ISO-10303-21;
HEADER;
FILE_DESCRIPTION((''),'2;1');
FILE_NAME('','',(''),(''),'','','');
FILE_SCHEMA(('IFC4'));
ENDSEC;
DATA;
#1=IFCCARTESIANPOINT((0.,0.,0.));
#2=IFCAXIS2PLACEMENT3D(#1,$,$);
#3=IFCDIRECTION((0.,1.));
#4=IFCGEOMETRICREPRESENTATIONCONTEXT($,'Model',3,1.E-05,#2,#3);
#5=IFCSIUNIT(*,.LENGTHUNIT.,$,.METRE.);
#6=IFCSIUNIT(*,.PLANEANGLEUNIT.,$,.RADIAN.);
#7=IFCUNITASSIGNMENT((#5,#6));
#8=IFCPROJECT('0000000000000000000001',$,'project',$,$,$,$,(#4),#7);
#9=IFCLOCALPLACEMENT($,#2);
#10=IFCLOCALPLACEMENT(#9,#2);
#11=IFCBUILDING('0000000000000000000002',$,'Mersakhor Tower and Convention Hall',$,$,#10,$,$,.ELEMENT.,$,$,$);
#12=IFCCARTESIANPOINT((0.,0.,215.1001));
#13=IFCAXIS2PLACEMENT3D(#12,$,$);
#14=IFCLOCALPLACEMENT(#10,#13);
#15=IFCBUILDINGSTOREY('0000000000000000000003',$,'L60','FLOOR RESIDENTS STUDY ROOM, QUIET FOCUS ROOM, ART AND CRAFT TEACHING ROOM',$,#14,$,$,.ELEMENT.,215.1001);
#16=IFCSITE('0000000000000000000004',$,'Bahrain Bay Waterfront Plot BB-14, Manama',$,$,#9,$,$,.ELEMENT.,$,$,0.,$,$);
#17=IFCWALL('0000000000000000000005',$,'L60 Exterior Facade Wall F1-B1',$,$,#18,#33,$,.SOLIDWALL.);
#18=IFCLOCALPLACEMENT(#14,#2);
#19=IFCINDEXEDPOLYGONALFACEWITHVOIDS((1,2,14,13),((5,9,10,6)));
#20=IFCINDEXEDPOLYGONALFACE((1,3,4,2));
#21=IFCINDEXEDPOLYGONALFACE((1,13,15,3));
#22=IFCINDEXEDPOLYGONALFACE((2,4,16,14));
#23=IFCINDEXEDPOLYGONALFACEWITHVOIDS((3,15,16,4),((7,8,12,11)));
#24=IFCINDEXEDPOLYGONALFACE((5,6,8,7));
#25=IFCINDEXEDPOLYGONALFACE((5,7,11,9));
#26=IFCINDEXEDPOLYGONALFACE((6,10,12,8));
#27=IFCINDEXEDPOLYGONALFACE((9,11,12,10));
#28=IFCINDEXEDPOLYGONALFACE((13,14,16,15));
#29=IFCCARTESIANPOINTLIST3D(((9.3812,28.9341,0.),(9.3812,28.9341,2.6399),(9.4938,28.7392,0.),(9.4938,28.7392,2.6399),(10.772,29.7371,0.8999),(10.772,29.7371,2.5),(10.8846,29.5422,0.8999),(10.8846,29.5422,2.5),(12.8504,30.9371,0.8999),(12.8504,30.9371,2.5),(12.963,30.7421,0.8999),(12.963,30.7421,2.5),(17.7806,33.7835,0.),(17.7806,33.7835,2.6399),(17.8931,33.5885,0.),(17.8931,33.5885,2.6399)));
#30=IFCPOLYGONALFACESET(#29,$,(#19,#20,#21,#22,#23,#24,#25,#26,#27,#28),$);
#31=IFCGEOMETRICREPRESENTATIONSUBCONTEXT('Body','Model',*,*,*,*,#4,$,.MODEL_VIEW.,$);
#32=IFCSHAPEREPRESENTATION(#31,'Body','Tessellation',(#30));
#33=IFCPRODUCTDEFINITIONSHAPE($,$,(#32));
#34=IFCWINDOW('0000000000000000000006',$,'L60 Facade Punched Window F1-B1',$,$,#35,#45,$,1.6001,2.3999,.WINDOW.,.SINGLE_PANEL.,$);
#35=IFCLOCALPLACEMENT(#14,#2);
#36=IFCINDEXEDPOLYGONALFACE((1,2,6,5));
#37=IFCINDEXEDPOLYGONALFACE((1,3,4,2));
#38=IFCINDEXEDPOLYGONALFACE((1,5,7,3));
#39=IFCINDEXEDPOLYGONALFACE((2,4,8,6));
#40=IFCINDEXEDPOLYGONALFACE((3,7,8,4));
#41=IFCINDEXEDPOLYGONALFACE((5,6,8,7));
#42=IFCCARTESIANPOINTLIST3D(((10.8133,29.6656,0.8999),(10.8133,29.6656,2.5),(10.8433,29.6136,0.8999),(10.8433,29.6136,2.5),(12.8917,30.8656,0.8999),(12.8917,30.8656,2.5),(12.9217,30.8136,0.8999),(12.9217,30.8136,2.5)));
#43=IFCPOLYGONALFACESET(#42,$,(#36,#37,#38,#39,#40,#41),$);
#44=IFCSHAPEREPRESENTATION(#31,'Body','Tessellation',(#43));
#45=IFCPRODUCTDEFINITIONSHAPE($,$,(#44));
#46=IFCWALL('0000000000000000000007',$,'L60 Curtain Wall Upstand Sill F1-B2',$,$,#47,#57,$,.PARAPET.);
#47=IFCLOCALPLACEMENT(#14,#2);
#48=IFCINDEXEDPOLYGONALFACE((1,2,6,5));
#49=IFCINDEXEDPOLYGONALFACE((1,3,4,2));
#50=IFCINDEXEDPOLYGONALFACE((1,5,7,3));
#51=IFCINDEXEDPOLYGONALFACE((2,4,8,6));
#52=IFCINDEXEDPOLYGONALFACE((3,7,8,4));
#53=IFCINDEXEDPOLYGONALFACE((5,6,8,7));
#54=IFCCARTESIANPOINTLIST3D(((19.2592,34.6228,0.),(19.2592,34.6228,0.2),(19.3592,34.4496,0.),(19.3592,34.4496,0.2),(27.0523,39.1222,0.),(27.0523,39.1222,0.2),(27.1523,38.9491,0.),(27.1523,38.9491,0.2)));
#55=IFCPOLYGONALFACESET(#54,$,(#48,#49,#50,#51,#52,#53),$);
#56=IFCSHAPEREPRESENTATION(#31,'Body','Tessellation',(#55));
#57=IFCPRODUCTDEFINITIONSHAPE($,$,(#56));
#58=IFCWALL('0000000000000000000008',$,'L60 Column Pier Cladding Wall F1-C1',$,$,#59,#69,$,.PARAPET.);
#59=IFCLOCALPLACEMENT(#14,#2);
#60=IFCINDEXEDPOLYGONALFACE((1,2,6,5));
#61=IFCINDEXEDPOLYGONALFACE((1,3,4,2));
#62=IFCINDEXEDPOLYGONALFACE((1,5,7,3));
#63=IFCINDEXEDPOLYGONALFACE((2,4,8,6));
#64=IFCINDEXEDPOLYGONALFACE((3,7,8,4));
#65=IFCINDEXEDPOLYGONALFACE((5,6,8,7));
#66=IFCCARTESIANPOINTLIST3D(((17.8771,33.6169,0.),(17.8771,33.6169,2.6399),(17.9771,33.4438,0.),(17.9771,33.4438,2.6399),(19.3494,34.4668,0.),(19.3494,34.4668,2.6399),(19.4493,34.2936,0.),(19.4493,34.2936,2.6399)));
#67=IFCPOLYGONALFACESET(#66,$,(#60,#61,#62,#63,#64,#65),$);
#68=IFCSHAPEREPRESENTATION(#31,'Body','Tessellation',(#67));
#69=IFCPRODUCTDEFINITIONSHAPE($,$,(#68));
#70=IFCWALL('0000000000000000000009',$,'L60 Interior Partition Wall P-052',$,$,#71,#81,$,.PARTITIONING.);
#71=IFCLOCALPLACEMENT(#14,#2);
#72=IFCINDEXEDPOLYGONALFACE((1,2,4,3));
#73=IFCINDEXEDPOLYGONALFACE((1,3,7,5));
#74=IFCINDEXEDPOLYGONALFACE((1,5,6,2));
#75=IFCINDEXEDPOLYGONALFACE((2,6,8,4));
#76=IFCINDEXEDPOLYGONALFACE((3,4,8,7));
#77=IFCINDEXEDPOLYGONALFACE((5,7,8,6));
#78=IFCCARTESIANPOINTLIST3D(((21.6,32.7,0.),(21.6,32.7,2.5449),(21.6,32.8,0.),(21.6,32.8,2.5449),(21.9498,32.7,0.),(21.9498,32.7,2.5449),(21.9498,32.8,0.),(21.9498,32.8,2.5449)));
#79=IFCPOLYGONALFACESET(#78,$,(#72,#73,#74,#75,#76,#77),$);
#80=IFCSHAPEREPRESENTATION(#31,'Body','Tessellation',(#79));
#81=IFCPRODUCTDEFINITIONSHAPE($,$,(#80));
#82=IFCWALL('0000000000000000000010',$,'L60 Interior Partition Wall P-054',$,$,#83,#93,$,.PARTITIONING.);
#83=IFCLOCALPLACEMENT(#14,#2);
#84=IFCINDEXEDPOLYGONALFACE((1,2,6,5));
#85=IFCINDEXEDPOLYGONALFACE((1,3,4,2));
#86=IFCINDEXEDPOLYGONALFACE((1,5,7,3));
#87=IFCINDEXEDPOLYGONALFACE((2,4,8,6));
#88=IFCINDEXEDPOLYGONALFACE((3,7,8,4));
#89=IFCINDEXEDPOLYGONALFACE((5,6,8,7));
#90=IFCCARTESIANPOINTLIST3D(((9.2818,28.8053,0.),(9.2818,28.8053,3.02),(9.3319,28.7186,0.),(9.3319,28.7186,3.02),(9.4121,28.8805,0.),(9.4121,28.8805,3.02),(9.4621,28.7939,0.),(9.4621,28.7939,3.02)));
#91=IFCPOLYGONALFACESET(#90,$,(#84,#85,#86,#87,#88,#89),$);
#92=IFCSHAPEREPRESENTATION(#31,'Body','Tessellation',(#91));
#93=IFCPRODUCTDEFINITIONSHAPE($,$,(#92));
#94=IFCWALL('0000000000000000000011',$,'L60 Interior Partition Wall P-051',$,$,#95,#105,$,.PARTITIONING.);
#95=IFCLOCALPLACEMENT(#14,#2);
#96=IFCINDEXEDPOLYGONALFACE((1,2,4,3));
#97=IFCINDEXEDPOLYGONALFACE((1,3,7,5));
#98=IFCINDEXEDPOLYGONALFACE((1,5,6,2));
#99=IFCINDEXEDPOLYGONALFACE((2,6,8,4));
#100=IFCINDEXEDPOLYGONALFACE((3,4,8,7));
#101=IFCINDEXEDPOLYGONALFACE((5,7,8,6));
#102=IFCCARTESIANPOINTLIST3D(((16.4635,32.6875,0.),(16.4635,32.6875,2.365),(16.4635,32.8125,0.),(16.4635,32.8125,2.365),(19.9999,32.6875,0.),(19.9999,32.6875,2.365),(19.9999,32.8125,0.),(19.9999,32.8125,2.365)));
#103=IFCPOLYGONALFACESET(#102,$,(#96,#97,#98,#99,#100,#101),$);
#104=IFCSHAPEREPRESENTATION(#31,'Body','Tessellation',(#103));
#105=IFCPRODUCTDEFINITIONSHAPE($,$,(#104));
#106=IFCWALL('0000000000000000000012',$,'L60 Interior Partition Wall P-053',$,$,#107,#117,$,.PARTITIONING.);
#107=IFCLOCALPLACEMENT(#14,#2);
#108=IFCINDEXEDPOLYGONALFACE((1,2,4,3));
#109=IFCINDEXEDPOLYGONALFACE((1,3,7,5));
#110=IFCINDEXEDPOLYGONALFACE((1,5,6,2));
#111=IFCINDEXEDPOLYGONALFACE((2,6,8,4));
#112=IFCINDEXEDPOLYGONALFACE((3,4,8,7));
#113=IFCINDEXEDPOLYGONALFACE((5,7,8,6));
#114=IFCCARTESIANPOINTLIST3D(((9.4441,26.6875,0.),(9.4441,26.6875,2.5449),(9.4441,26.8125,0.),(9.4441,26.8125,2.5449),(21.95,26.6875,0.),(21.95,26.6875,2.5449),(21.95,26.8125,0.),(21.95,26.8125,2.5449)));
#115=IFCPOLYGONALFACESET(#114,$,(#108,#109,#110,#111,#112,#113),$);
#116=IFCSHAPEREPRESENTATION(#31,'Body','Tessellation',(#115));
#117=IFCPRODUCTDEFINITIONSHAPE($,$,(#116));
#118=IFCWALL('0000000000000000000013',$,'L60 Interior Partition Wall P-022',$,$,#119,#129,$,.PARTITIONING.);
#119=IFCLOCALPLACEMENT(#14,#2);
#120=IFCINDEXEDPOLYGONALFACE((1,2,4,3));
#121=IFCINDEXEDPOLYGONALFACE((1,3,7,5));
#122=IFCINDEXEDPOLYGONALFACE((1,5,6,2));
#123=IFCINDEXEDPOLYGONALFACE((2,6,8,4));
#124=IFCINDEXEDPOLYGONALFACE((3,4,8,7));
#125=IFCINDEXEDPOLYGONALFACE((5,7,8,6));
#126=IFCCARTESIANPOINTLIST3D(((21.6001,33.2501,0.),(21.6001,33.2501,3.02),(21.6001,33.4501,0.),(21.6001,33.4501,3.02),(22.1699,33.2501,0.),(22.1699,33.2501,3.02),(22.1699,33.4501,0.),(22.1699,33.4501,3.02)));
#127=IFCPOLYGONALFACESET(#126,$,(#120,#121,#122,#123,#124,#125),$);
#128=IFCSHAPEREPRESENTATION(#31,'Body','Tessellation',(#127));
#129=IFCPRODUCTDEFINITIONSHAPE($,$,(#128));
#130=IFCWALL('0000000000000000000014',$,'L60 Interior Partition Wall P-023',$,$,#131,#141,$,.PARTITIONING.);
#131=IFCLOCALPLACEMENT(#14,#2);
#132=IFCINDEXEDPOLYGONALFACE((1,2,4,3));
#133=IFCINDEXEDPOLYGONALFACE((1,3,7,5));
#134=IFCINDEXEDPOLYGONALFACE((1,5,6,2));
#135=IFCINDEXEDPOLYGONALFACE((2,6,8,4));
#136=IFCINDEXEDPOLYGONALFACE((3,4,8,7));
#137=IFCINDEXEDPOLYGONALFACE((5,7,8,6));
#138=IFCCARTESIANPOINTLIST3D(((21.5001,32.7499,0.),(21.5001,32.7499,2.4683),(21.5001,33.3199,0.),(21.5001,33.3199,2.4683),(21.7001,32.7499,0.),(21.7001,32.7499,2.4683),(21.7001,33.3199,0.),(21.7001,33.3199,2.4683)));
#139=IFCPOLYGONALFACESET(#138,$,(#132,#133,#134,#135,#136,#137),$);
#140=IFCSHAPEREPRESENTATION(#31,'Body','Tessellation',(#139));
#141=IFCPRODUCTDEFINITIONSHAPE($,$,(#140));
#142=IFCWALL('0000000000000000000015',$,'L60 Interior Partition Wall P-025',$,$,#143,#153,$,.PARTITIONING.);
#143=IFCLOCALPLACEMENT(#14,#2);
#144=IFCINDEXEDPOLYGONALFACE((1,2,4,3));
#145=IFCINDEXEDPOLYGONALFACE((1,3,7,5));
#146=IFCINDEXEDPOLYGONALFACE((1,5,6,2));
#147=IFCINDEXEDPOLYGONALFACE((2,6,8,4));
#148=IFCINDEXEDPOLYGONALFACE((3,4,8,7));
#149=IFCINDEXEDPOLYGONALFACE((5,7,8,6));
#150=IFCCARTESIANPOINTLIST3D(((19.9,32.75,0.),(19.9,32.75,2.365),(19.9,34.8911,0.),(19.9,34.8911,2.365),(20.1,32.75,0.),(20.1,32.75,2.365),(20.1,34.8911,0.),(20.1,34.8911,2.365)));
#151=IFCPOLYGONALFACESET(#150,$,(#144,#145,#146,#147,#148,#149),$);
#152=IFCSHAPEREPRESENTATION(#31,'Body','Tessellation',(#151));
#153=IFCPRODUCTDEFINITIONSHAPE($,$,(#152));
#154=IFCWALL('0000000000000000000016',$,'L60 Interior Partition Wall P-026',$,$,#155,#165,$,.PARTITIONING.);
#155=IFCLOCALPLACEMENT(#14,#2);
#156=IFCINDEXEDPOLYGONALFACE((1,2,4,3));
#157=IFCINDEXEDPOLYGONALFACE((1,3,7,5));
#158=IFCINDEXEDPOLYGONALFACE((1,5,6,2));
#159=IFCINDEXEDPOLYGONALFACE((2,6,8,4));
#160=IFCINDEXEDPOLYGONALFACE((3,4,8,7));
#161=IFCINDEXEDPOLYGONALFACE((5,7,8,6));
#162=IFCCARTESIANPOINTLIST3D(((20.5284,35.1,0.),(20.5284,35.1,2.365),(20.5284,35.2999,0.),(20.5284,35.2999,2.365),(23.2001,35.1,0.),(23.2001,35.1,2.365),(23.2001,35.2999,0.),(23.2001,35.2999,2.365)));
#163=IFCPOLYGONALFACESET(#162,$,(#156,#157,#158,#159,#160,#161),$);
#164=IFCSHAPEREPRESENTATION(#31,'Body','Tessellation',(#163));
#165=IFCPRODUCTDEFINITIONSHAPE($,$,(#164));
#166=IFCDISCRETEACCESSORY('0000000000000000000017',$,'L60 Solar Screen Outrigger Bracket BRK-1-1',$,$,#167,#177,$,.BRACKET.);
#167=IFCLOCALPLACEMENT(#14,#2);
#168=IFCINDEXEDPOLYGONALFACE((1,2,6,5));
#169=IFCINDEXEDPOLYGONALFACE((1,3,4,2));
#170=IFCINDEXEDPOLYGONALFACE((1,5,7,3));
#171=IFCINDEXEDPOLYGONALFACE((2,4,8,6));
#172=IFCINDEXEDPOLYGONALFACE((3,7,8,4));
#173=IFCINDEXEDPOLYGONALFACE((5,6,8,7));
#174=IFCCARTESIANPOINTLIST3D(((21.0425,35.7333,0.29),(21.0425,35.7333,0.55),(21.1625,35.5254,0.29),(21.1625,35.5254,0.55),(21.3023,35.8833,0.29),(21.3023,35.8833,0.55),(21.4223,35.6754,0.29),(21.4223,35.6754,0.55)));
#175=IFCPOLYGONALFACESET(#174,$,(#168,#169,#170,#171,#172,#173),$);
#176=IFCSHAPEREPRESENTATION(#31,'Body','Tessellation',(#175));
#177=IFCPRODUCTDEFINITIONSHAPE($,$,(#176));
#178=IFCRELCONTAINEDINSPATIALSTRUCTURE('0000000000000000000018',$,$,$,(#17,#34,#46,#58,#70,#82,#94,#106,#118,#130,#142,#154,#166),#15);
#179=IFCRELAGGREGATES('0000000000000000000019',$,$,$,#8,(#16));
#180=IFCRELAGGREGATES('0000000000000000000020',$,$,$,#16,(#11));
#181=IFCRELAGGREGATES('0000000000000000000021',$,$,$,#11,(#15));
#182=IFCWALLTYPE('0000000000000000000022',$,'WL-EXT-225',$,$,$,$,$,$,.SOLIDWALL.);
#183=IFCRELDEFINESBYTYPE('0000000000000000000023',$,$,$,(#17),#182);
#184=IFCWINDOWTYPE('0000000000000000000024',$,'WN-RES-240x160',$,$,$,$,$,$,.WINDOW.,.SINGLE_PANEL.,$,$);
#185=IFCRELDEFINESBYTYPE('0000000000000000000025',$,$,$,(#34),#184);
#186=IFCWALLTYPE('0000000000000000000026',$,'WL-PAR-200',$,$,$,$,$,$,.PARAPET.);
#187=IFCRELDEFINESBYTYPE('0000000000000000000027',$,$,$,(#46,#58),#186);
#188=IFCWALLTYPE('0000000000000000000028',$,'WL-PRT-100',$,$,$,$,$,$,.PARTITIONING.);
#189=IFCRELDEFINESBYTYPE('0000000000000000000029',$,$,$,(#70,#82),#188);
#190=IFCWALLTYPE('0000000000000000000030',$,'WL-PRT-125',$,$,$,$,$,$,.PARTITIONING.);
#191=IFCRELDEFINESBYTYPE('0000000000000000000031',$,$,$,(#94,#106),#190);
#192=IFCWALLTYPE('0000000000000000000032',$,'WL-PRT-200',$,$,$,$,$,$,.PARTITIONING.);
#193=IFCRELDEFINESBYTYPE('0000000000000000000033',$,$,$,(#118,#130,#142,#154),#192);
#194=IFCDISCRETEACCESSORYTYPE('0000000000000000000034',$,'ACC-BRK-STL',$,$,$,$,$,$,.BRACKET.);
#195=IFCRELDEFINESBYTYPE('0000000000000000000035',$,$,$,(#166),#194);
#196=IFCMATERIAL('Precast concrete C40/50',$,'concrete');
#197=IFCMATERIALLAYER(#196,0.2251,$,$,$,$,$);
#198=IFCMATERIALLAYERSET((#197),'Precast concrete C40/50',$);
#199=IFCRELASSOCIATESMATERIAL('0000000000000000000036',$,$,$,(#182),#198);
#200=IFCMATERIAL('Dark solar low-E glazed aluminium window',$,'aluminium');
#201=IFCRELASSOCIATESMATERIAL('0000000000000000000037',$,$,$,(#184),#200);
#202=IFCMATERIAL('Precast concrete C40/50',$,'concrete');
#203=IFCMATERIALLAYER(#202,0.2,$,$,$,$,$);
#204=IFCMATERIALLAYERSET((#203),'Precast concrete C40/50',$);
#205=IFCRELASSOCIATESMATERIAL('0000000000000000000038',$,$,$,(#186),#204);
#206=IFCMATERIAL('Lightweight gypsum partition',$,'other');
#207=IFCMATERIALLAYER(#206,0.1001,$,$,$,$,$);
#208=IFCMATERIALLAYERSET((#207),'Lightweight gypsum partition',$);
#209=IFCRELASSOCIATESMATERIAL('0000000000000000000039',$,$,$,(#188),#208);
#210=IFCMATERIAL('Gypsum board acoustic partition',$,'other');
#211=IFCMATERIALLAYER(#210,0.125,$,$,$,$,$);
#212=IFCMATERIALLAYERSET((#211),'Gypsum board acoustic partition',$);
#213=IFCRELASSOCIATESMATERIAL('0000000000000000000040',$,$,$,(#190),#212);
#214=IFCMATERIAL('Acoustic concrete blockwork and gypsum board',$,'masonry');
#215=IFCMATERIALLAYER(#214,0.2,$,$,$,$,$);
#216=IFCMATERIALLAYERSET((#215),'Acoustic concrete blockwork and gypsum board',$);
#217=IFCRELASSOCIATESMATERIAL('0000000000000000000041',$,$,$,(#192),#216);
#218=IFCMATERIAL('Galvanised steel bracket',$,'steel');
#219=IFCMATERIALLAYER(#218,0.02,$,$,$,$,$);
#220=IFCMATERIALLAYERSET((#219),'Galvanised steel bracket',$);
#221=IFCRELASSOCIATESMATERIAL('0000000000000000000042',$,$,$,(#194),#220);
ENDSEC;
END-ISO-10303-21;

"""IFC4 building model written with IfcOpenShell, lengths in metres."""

from ifc_helpers import new_model, si_unit, direction, frame, frame_2d, origin, origin_2d, place, context, subcontext, project, spatial, rectangle, extrude, material, layer, layer_set, type_object, element, fill, save


model = new_model("IFC4")

# Units and contexts
model_context = context("Model", 3, precision=1e-05, world=origin(), true_north=direction((0.0, 1.0)))
body_context = subcontext(model_context, "Body", "Model", "MODEL_VIEW")
ifc_project = project(units=[si_unit("LENGTHUNIT", "METRE"), si_unit("PLANEANGLEUNIT", "RADIAN")], contexts=[model_context])

# Site, building, storey
site_placement = place(None, origin())
site = spatial("IfcSite", under=ifc_project, at=site_placement, Name="Bahrain Bay Waterfront Plot BB-14, Manama", CompositionType="ELEMENT", RefElevation=0.0)
building_placement = place(site_placement, origin())
building = spatial("IfcBuilding", under=site, at=building_placement, Name="Mersakhor Tower and Convention Hall", CompositionType="ELEMENT")
storey_placement = place(building_placement, frame((0.0, 0.0, 215.1001)))
storey = spatial("IfcBuildingStorey", under=building, at=storey_placement, Name="L60", Description="FLOOR RESIDENTS STUDY ROOM, QUIET FOCUS ROOM, ART AND CRAFT TEACHING ROOM", CompositionType="ELEMENT", Elevation=215.1001)

# Wall, opening, window
ifc_material_1 = material(Name="Precast concrete C40/50", Category="concrete")
ifc_layer_1 = layer(ifc_material_1, 0.2251)
ifc_layer_set_1 = layer_set([ifc_layer_1], Name="Precast concrete C40/50")
wall_type_1 = type_object("IfcWallType", Name="WL-EXT-225", PredefinedType="SOLIDWALL", material=ifc_layer_set_1)
wall_1_placement = place(storey_placement, frame((9.4375, 28.8367, 0.0), z_axis=(0.0, 0.0, 1.0), x_axis=(0.866027, 0.499997, 0.0)))
wall_1 = element("IfcWall", 1, at=wall_1_placement, inside=storey, type_object=wall_type_1, Name="L60 Exterior Facade Wall F1-B1", PredefinedType="SOLIDWALL", context=body_context, shape_type="SweptSolid", body=[
    extrude(rectangle(XDim=9.6987, YDim=0.2251, at=frame_2d((4.8494, 0.0))), origin(), (0.0, 0.0, 1.0), 2.6399),
])
opening_1_placement = place(wall_1_placement, frame((1.606, 0.0, 0.8999)))
opening_1 = element("IfcOpeningElement", 2, at=opening_1_placement, cuts=wall_1, PredefinedType="OPENING", context=body_context, shape_type="SweptSolid", body=[
    extrude(rectangle(XDim=2.3999, YDim=1.6001, at=frame_2d((1.2, 0.8))), frame((0.0, 0.1226, 0.0), z_axis=(0.0, -1.0, 0.0), x_axis=(1.0, 0.0, 0.0)), (0.0, 0.0, 1.0), 0.2451),
])
ifc_material_2 = material(Name="Dark solar low-E glazed aluminium window", Category="aluminium")
window_type = type_object("IfcWindowType", Name="WN-RES-240x160", PartitioningType="SINGLE_PANEL", PredefinedType="WINDOW", material=ifc_material_2)
window_placement = place(opening_1_placement, origin())
window = element("IfcWindow", 3, at=window_placement, inside=storey, type_object=window_type, Name="L60 Facade Punched Window F1-B1", OverallHeight=1.6001, OverallWidth=2.3999, PartitioningType="SINGLE_PANEL", PredefinedType="WINDOW", context=body_context, shape_type="SweptSolid", body=[
    extrude(rectangle(XDim=2.3999, YDim=1.6001, at=frame_2d((1.2, 0.8))), frame((0.0, 0.03, 0.0), z_axis=(0.0, -1.0, 0.0), x_axis=(1.0, 0.0, 0.0)), (0.0, 0.0, 1.0), 0.0601),
])
fill(opening_1, window)

# Walls
ifc_material_3 = material(Name="Precast concrete C40/50", Category="concrete")
ifc_layer_2 = layer(ifc_material_3, 0.2)
ifc_layer_set_2 = layer_set([ifc_layer_2], Name="Precast concrete C40/50")
wall_type_2 = type_object("IfcWallType", Name="WL-PAR-200", PredefinedType="PARAPET", material=ifc_layer_set_2)
wall_2_placement = place(storey_placement, frame((19.3091, 34.5361, 0.0), z_axis=(0.0, 0.0, 1.0), x_axis=(0.866021, 0.500008, 0.0)))
element("IfcWall", 4, at=wall_2_placement, inside=storey, type_object=wall_type_2, Name="L60 Curtain Wall Upstand Sill F1-B2", PredefinedType="PARAPET", context=body_context, shape_type="SweptSolid", body=[
    extrude(rectangle(XDim=8.9988, YDim=0.2, at=frame_2d((4.4995, 0.0))), origin(), (0.0, 0.0, 1.0), 0.2),
])
wall_3_placement = place(storey_placement, frame((17.927, 33.5303, 0.0), z_axis=(0.0, 0.0, 1.0), x_axis=(0.866052, 0.499955, 0.0)))
element("IfcWall", 5, at=wall_3_placement, inside=storey, type_object=wall_type_2, Name="L60 Column Pier Cladding Wall F1-C1", PredefinedType="PARAPET", context=body_context, shape_type="SweptSolid", body=[
    extrude(rectangle(XDim=1.7, YDim=0.2, at=frame_2d((0.8501, 0.0))), origin(), (0.0, 0.0, 1.0), 2.6399),
])
ifc_material_4 = material(Name="Lightweight gypsum partition", Category="other")
ifc_layer_3 = layer(ifc_material_4, 0.1001)
ifc_layer_set_3 = layer_set([ifc_layer_3], Name="Lightweight gypsum partition")
wall_type_3 = type_object("IfcWallType", Name="WL-PRT-100", PredefinedType="PARTITIONING", material=ifc_layer_set_3)
wall_4_placement = place(storey_placement, frame((21.6001, 32.75, 0.0), z_axis=(0.0, 0.0, 1.0), x_axis=(1.0, 0.0, 0.0)))
element("IfcWall", 6, at=wall_4_placement, inside=storey, type_object=wall_type_3, Name="L60 Interior Partition Wall P-052", PredefinedType="PARTITIONING", context=body_context, shape_type="SweptSolid", body=[
    extrude(rectangle(XDim=0.3499, YDim=0.1001, at=frame_2d((0.1748, 0.0))), origin(), (0.0, 0.0, 1.0), 2.5449),
])
wall_5_placement = place(storey_placement, frame((9.3069, 28.762, 0.0), z_axis=(0.0, 0.0, 1.0), x_axis=(0.865834, 0.500332, 0.0)))
element("IfcWall", 7, at=wall_5_placement, inside=storey, type_object=wall_type_3, Name="L60 Interior Partition Wall P-054", PredefinedType="PARTITIONING", context=body_context, shape_type="SweptSolid", body=[
    extrude(rectangle(XDim=0.1504, YDim=0.1001, at=frame_2d((0.0752, 0.0))), origin(), (0.0, 0.0, 1.0), 3.02),
])
ifc_material_5 = material(Name="Gypsum board acoustic partition", Category="other")
ifc_layer_4 = layer(ifc_material_5, 0.125)
ifc_layer_set_4 = layer_set([ifc_layer_4], Name="Gypsum board acoustic partition")
wall_type_4 = type_object("IfcWallType", Name="WL-PRT-125", PredefinedType="PARTITIONING", material=ifc_layer_set_4)
wall_6_placement = place(storey_placement, frame((16.4636, 32.75, 0.0), z_axis=(0.0, 0.0, 1.0), x_axis=(1.0, 0.0, 0.0)))
element("IfcWall", 8, at=wall_6_placement, inside=storey, type_object=wall_type_4, Name="L60 Interior Partition Wall P-051", PredefinedType="PARTITIONING", context=body_context, shape_type="SweptSolid", body=[
    extrude(rectangle(XDim=3.5364, YDim=0.125, at=frame_2d((1.7681, 0.0))), origin(), (0.0, 0.0, 1.0), 2.365),
])
wall_7_placement = place(storey_placement, frame((21.95, 26.75, 0.0), z_axis=(0.0, 0.0, 1.0), x_axis=(-1.0, 0.0, 0.0)))
element("IfcWall", 9, at=wall_7_placement, inside=storey, type_object=wall_type_4, Name="L60 Interior Partition Wall P-053", PredefinedType="PARTITIONING", context=body_context, shape_type="SweptSolid", body=[
    extrude(rectangle(XDim=12.5059, YDim=0.125, at=frame_2d((6.2529, 0.0))), origin(), (0.0, 0.0, 1.0), 2.5449),
])
ifc_material_6 = material(Name="Acoustic concrete blockwork and gypsum board", Category="masonry")
ifc_layer_5 = layer(ifc_material_6, 0.2)
ifc_layer_set_5 = layer_set([ifc_layer_5], Name="Acoustic concrete blockwork and gypsum board")
wall_type_5 = type_object("IfcWallType", Name="WL-PRT-200", PredefinedType="PARTITIONING", material=ifc_layer_set_5)
wall_8_placement = place(storey_placement, frame((22.1699, 33.3501, 0.0), z_axis=(0.0, 0.0, 1.0), x_axis=(-1.0, 0.0, 0.0)))
element("IfcWall", 10, at=wall_8_placement, inside=storey, type_object=wall_type_5, Name="L60 Interior Partition Wall P-022", PredefinedType="PARTITIONING", context=body_context, shape_type="SweptSolid", body=[
    extrude(rectangle(XDim=0.5698, YDim=0.2, at=frame_2d((0.2849, 0.0))), origin(), (0.0, 0.0, 1.0), 3.02),
])
wall_9_placement = place(storey_placement, frame((21.6001, 33.3201, 0.0), z_axis=(0.0, 0.0, 1.0), x_axis=(0.0, -1.0, 0.0)))
element("IfcWall", 11, at=wall_9_placement, inside=storey, type_object=wall_type_5, Name="L60 Interior Partition Wall P-023", PredefinedType="PARTITIONING", context=body_context, shape_type="SweptSolid", body=[
    extrude(rectangle(XDim=0.5701, YDim=0.2, at=frame_2d((0.2852, 0.0))), origin(), (0.0, 0.0, 1.0), 2.4683),
])

# Walls
wall_10_placement = place(storey_placement, frame((20.0, 32.75, 0.0), z_axis=(0.0, 0.0, 1.0), x_axis=(0.0, 1.0, 0.0)))
element("IfcWall", 12, at=wall_10_placement, inside=storey, type_object=wall_type_5, Name="L60 Interior Partition Wall P-025", PredefinedType="PARTITIONING", context=body_context, shape_type="SweptSolid", body=[
    extrude(rectangle(XDim=2.1411, YDim=0.2, at=frame_2d((1.0706, 0.0))), origin(), (0.0, 0.0, 1.0), 2.365),
])
wall_11_placement = place(storey_placement, frame((20.5283, 35.2, 0.0), z_axis=(0.0, 0.0, 1.0), x_axis=(1.0, 0.0, 0.0)))
element("IfcWall", 13, at=wall_11_placement, inside=storey, type_object=wall_type_5, Name="L60 Interior Partition Wall P-026", PredefinedType="PARTITIONING", context=body_context, shape_type="SweptSolid", body=[
    extrude(rectangle(XDim=2.6716, YDim=0.2, at=frame_2d((1.3359, 0.0))), origin(), (0.0, 0.0, 1.0), 2.365),
])

# Discrete accessory
ifc_material_7 = material(Name="Galvanised steel bracket", Category="steel")
ifc_layer_6 = layer(ifc_material_7, 0.02)
ifc_layer_set_6 = layer_set([ifc_layer_6], Name="Galvanised steel bracket")
discrete_accessory_type = type_object("IfcDiscreteAccessoryType", Name="ACC-BRK-STL", PredefinedType="BRACKET", material=ifc_layer_set_6)
discrete_accessory_1_placement = place(storey_placement, frame((21.2324, 35.7043, 0.29), z_axis=(0.0, 0.0, 1.0), x_axis=(0.866025, 0.5, 0.0)))
element("IfcDiscreteAccessory", 14, at=discrete_accessory_1_placement, inside=storey, type_object=discrete_accessory_type, Name="L60 Solar Screen Outrigger Bracket BRK-1-1", PredefinedType="BRACKET", context=body_context, shape_type="SweptSolid", body=[
    extrude(rectangle(XDim=0.3, YDim=0.24, at=origin_2d()), origin(), (0.0, 0.0, 1.0), 0.26),
])

save(model, "model.ifc")
